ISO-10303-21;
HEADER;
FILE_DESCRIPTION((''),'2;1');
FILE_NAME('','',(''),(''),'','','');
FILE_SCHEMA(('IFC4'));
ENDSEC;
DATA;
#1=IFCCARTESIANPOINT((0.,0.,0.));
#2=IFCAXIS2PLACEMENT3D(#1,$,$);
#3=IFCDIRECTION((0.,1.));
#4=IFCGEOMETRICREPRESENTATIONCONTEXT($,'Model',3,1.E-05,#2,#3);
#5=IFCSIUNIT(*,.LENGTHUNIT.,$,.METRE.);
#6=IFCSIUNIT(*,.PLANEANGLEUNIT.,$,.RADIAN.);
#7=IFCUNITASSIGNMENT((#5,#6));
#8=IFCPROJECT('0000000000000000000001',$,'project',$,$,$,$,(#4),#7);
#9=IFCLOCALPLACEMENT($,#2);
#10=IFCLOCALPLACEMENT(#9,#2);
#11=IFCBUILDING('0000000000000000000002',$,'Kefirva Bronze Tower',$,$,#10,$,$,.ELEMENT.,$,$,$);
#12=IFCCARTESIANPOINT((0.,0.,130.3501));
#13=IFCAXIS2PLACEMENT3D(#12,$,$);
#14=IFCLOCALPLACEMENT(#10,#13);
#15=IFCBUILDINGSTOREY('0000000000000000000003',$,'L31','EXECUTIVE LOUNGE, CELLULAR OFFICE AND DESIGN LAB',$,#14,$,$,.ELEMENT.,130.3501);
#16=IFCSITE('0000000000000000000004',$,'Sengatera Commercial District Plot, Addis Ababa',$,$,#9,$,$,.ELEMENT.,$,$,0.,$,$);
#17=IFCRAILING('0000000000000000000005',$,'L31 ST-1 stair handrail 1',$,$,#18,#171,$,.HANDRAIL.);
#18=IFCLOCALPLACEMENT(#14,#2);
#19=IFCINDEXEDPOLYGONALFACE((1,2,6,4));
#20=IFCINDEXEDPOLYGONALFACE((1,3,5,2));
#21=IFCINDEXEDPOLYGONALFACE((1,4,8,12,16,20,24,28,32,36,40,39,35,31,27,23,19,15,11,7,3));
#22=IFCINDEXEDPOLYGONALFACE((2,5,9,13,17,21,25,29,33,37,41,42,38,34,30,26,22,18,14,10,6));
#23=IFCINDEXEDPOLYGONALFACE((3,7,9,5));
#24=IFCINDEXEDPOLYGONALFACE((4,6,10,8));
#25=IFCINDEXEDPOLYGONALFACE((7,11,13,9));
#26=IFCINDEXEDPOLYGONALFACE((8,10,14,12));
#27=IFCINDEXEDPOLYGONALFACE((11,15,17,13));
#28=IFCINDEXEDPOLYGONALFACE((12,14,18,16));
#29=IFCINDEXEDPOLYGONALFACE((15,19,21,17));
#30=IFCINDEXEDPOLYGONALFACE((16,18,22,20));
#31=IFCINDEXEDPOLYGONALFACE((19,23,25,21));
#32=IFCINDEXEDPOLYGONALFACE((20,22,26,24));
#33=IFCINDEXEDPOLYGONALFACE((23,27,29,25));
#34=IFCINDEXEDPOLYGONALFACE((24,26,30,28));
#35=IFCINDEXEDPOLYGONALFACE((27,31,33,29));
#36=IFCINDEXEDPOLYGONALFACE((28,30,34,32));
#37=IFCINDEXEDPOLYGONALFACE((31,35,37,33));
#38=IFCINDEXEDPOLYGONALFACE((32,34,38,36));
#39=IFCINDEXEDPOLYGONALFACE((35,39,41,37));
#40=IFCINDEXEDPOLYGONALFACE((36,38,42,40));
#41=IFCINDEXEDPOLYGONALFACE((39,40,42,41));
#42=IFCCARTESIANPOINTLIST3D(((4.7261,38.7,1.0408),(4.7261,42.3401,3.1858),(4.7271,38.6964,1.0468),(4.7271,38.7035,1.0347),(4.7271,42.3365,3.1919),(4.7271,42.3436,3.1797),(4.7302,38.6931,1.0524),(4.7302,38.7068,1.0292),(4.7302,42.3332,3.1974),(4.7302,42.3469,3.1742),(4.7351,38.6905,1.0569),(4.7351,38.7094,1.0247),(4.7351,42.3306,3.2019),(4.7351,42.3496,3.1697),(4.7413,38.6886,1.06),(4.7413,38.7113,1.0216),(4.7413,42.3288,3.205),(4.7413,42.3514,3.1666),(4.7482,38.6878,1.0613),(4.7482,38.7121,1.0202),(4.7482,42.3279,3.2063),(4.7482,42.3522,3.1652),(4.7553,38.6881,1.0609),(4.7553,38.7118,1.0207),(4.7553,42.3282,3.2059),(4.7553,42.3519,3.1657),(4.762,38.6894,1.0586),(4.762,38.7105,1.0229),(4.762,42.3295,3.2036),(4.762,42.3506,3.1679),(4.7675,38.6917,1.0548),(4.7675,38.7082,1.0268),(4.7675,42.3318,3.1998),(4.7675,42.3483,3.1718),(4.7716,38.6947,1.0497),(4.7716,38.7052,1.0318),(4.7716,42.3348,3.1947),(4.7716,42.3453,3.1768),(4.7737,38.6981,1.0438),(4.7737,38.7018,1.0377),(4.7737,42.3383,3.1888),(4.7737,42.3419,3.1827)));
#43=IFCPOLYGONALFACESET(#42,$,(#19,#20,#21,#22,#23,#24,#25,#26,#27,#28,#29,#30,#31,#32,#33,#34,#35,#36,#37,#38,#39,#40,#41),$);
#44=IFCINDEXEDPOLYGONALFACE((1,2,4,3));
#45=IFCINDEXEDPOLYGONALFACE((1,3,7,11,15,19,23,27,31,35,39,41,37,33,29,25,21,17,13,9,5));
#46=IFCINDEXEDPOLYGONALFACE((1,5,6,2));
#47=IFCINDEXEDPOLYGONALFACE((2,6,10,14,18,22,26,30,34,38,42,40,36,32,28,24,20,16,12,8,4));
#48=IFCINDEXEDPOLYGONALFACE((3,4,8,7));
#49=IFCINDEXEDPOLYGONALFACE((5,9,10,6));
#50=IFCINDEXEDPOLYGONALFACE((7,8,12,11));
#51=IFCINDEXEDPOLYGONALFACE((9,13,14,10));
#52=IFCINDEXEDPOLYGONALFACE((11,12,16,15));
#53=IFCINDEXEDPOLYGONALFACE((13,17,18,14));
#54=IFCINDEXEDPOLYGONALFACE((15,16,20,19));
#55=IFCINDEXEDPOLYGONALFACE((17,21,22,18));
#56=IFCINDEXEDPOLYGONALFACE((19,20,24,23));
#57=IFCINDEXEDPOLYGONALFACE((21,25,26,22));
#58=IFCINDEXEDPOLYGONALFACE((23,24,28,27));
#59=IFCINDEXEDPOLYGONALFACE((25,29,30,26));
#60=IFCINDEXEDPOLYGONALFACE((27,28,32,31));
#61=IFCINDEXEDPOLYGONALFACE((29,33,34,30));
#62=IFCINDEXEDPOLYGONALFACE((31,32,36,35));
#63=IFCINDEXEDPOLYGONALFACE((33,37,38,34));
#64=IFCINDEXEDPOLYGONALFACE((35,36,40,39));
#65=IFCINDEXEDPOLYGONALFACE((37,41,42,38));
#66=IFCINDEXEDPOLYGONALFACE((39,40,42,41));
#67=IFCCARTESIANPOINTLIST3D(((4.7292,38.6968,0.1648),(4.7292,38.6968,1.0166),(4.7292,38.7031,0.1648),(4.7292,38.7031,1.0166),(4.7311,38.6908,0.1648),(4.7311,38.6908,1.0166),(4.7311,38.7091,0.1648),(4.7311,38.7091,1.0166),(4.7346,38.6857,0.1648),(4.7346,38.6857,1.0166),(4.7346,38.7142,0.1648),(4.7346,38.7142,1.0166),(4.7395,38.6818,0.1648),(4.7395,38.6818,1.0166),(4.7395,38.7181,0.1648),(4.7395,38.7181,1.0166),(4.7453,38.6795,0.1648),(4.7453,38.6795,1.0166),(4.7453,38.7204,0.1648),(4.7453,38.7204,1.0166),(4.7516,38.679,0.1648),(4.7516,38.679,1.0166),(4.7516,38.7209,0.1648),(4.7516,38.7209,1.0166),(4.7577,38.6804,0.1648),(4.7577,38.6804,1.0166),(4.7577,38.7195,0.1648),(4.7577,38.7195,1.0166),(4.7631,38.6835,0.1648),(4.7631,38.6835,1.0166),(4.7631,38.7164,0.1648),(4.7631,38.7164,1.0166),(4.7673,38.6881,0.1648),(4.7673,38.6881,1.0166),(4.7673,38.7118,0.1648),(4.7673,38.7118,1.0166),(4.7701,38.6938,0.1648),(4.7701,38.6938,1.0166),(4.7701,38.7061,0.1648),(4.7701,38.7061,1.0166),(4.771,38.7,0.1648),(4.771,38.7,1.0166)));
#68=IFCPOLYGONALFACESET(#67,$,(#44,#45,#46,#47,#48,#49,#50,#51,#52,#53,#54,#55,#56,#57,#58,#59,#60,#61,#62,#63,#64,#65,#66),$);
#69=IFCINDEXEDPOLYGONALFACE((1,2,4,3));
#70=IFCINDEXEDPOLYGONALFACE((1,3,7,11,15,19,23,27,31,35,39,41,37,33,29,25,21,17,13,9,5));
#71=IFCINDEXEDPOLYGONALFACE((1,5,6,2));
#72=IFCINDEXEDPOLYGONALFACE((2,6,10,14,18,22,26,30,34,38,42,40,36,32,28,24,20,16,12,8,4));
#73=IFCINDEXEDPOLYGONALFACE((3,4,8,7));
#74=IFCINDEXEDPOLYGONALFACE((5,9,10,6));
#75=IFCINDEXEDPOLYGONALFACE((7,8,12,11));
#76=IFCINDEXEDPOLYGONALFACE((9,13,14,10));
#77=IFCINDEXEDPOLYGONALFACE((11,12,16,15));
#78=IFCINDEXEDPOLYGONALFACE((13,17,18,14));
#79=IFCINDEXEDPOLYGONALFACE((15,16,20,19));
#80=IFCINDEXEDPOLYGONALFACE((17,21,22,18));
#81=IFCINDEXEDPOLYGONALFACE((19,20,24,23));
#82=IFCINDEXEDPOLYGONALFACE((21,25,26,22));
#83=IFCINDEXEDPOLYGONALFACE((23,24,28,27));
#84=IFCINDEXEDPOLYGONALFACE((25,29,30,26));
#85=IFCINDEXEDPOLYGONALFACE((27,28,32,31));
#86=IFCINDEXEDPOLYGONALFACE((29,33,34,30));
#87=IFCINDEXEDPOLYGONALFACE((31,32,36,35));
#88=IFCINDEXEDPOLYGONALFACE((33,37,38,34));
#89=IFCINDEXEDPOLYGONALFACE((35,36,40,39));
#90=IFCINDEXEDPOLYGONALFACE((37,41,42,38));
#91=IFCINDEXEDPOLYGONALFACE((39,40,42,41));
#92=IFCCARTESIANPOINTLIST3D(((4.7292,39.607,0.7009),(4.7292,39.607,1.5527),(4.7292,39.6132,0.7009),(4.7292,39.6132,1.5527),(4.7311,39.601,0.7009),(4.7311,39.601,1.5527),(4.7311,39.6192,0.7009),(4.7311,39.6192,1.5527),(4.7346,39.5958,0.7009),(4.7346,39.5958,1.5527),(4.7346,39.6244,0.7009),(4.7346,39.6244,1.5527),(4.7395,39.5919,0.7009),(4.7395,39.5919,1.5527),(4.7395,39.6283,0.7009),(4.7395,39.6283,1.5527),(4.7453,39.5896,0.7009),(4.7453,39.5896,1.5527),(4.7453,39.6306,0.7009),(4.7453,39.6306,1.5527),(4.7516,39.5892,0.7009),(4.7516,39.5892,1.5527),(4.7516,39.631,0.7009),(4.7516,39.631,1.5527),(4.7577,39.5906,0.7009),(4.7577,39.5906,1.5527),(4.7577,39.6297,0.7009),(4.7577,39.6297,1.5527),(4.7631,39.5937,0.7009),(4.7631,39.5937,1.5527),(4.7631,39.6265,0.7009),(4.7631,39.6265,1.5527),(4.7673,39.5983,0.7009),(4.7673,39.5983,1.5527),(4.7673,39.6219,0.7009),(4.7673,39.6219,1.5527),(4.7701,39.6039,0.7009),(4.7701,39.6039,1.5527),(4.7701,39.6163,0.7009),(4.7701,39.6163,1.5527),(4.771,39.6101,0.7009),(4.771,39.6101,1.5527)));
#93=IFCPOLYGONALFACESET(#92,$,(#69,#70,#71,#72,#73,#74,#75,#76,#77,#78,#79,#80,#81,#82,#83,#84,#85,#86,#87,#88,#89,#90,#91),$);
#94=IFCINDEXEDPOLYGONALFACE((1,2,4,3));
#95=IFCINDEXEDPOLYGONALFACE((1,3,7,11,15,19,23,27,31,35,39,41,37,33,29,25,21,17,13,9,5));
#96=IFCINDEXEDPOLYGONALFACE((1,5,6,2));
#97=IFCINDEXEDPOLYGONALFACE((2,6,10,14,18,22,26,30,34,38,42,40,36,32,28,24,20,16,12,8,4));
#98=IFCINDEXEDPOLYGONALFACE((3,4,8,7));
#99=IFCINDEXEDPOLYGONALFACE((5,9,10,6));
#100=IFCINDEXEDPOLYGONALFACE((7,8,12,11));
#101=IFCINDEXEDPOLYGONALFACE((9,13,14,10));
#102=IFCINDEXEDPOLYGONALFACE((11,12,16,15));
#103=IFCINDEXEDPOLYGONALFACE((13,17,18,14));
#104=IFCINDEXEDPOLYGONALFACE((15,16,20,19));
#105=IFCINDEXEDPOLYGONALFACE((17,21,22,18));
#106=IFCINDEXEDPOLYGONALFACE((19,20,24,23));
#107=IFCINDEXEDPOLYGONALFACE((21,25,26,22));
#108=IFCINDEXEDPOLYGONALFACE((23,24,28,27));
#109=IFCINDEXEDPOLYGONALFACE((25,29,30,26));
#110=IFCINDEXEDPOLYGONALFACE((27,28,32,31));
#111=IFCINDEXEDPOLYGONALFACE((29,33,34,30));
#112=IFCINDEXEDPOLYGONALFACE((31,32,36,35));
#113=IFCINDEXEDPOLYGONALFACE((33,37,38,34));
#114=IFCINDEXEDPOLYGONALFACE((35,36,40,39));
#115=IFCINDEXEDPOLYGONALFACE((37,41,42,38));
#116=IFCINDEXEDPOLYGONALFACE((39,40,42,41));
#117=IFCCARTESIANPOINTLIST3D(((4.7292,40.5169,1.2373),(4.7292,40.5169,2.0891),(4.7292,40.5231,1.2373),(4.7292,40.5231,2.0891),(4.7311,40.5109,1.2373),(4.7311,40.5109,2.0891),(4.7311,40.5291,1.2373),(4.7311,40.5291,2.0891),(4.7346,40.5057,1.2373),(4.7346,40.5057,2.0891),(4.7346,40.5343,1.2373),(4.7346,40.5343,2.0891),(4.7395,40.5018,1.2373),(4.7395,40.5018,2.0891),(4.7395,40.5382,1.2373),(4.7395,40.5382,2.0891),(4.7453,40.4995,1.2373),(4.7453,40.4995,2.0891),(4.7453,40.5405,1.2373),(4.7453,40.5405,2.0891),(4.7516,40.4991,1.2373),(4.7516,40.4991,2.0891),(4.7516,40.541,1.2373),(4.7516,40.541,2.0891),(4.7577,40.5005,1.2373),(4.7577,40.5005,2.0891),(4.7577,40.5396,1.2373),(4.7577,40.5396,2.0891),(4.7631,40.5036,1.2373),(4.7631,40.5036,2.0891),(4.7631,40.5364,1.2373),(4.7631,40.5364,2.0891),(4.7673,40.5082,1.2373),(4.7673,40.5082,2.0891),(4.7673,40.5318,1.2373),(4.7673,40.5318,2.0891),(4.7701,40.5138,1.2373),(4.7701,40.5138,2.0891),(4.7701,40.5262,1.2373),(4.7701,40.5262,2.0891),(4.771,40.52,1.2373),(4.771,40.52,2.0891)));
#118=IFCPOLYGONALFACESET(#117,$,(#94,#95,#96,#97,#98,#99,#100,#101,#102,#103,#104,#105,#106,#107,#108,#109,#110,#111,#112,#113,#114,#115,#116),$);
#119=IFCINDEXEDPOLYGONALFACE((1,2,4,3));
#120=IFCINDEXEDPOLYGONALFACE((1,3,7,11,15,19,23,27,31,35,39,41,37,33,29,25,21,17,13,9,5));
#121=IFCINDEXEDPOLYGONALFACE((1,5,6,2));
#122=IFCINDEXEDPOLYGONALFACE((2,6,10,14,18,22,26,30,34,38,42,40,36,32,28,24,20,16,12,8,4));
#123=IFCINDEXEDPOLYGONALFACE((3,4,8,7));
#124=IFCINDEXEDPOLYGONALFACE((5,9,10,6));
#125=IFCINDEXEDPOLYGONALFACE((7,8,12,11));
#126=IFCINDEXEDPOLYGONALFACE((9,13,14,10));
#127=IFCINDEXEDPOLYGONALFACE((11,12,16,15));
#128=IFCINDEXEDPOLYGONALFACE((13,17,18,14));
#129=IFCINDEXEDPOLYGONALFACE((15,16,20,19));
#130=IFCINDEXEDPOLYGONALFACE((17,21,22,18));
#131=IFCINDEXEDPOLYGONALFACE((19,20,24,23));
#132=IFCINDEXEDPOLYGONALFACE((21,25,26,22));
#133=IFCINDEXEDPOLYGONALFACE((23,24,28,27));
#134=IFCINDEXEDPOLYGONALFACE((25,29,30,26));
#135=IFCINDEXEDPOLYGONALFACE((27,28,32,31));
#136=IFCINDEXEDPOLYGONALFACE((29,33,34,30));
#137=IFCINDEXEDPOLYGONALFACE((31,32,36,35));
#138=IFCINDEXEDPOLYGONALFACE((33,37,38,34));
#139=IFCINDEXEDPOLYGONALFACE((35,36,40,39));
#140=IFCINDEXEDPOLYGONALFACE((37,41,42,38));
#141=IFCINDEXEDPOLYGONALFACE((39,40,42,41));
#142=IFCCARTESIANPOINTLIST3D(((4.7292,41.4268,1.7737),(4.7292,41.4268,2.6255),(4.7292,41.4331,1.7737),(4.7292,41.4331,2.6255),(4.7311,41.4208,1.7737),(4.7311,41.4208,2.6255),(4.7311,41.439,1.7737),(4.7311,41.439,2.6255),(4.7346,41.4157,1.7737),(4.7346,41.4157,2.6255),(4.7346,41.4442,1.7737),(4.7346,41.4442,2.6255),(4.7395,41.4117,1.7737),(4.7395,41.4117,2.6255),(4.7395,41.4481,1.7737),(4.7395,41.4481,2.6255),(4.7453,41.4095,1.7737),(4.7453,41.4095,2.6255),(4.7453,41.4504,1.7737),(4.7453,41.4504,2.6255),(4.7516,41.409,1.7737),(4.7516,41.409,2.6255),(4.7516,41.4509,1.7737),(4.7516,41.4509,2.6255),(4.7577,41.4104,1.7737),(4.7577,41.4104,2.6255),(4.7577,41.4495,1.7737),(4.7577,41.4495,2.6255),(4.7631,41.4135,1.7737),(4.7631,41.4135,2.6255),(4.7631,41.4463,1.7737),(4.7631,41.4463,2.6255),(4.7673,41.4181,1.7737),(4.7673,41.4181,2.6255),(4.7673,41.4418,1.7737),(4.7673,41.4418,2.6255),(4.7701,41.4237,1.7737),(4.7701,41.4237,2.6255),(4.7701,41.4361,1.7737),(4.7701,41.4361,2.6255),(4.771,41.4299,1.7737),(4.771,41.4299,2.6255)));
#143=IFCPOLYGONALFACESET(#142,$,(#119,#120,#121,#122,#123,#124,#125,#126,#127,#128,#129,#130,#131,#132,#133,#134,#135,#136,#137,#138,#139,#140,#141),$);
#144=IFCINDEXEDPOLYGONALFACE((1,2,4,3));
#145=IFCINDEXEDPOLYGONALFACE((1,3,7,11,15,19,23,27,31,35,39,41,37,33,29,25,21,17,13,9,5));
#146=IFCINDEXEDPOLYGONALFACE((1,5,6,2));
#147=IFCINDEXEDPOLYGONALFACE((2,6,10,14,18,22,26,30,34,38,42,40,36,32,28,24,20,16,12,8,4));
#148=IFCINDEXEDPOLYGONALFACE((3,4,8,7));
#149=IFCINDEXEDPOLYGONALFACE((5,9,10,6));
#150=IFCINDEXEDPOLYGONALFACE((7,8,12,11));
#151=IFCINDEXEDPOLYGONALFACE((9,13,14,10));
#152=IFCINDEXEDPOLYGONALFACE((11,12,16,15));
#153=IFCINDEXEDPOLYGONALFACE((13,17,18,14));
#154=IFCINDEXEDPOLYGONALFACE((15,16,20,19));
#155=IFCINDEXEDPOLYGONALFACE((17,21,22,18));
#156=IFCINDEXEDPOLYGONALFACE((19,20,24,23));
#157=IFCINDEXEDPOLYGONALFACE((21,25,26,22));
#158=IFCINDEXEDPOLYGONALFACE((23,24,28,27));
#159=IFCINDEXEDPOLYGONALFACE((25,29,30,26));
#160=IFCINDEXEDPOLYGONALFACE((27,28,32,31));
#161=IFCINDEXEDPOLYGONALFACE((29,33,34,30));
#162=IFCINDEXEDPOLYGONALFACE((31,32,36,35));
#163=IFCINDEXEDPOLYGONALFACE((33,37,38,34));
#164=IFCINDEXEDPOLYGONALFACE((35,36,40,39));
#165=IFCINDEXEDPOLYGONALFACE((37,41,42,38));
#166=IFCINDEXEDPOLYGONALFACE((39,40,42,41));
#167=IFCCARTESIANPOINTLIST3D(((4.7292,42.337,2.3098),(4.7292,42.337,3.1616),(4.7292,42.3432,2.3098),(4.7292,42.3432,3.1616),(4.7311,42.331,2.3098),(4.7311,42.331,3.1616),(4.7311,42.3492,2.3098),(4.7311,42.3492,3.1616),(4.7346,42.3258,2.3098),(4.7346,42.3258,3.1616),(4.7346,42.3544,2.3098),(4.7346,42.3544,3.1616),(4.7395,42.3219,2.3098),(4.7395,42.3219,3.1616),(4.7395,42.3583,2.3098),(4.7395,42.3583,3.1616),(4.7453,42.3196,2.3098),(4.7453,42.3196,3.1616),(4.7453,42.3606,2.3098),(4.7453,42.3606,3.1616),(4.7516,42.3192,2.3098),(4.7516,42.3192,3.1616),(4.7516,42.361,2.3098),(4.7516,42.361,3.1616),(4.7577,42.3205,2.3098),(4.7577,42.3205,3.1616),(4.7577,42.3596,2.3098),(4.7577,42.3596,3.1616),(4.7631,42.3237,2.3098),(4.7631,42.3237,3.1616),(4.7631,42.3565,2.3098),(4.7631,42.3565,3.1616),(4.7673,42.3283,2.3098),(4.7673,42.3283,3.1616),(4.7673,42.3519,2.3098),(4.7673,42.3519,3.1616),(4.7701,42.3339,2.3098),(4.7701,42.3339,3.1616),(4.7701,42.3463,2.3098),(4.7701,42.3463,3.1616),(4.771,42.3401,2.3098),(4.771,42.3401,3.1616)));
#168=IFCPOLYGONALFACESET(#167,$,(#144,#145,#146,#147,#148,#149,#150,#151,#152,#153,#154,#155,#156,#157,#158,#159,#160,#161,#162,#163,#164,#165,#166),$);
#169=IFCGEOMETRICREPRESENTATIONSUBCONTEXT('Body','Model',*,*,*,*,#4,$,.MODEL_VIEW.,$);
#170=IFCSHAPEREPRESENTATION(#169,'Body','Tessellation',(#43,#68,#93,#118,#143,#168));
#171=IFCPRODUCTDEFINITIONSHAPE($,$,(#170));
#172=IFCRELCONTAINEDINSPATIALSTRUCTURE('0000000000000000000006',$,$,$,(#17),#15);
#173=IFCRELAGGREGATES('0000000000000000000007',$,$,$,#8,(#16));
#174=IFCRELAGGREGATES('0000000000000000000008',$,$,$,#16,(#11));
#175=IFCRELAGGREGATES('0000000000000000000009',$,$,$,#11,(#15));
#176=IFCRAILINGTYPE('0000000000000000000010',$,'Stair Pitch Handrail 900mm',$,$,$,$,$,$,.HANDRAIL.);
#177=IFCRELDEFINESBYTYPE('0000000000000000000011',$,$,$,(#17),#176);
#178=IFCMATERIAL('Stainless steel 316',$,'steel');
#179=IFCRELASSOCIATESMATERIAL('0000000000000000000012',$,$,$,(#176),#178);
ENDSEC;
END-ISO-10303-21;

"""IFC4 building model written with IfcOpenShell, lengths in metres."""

from ifc_helpers import new_model, si_unit, direction, frame, origin, origin_2d, place, context, subcontext, project, spatial, circle, extrude, material, type_object, element, save


model = new_model("IFC4")

# Units and contexts
model_context = context("Model", 3, precision=1e-05, world=origin(), true_north=direction((0.0, 1.0)))
body_context = subcontext(model_context, "Body", "Model", "MODEL_VIEW")
ifc_project = project(units=[si_unit("LENGTHUNIT", "METRE"), si_unit("PLANEANGLEUNIT", "RADIAN")], contexts=[model_context])

# Site, building, storey
site_placement = place(None, origin())
site = spatial("IfcSite", under=ifc_project, at=site_placement, Name="Sengatera Commercial District Plot, Addis Ababa", CompositionType="ELEMENT", RefElevation=0.0)
building_placement = place(site_placement, origin())
building = spatial("IfcBuilding", under=site, at=building_placement, Name="Kefirva Bronze Tower", CompositionType="ELEMENT")
storey_placement = place(building_placement, frame((0.0, 0.0, 130.3501)))
storey = spatial("IfcBuildingStorey", under=building, at=storey_placement, Name="L31", Description="EXECUTIVE LOUNGE, CELLULAR OFFICE AND DESIGN LAB", CompositionType="ELEMENT", Elevation=130.3501)

# Shared definitions
ifc_material_1 = material(Name="Stainless steel 316", Category="steel")

# Railing
railing_type_1 = type_object("IfcRailingType", Name="Stair Pitch Handrail 900mm", PredefinedType="HANDRAIL", material=ifc_material_1)
railing_1_placement = place(storey_placement, frame((4.75, 38.7, 0.1648)))
element("IfcRailing", 1, at=railing_1_placement, inside=storey, type_object=railing_type_1, Name="L31 ST-1 stair handrail 1", PredefinedType="HANDRAIL", context=body_context, shape_type="SweptSolid", body=[
    extrude(circle(Radius=0.0239, at=origin_2d()), frame((0.0, 0.0, 0.876), z_axis=(0.0, 0.861545, 0.507682), x_axis=(-1.0, 0.0, 0.0)), (0.0, 0.0, 1.0), 4.2251),
    extrude(circle(Radius=0.021, at=origin_2d()), origin(), (0.0, 0.0, 1.0), 0.8518),
    extrude(circle(Radius=0.021, at=origin_2d()), frame((0.0, 0.9102, 0.5361)), (0.0, 0.0, 1.0), 0.8518),
    extrude(circle(Radius=0.021, at=origin_2d()), frame((0.0, 1.8201, 1.0725)), (0.0, 0.0, 1.0), 0.8518),
    extrude(circle(Radius=0.021, at=origin_2d()), frame((0.0, 2.73, 1.6089)), (0.0, 0.0, 1.0), 0.8518),
    extrude(circle(Radius=0.021, at=origin_2d()), frame((0.0, 3.6401, 2.145)), (0.0, 0.0, 1.0), 0.8518),
])

save(model, "model.ifc")
